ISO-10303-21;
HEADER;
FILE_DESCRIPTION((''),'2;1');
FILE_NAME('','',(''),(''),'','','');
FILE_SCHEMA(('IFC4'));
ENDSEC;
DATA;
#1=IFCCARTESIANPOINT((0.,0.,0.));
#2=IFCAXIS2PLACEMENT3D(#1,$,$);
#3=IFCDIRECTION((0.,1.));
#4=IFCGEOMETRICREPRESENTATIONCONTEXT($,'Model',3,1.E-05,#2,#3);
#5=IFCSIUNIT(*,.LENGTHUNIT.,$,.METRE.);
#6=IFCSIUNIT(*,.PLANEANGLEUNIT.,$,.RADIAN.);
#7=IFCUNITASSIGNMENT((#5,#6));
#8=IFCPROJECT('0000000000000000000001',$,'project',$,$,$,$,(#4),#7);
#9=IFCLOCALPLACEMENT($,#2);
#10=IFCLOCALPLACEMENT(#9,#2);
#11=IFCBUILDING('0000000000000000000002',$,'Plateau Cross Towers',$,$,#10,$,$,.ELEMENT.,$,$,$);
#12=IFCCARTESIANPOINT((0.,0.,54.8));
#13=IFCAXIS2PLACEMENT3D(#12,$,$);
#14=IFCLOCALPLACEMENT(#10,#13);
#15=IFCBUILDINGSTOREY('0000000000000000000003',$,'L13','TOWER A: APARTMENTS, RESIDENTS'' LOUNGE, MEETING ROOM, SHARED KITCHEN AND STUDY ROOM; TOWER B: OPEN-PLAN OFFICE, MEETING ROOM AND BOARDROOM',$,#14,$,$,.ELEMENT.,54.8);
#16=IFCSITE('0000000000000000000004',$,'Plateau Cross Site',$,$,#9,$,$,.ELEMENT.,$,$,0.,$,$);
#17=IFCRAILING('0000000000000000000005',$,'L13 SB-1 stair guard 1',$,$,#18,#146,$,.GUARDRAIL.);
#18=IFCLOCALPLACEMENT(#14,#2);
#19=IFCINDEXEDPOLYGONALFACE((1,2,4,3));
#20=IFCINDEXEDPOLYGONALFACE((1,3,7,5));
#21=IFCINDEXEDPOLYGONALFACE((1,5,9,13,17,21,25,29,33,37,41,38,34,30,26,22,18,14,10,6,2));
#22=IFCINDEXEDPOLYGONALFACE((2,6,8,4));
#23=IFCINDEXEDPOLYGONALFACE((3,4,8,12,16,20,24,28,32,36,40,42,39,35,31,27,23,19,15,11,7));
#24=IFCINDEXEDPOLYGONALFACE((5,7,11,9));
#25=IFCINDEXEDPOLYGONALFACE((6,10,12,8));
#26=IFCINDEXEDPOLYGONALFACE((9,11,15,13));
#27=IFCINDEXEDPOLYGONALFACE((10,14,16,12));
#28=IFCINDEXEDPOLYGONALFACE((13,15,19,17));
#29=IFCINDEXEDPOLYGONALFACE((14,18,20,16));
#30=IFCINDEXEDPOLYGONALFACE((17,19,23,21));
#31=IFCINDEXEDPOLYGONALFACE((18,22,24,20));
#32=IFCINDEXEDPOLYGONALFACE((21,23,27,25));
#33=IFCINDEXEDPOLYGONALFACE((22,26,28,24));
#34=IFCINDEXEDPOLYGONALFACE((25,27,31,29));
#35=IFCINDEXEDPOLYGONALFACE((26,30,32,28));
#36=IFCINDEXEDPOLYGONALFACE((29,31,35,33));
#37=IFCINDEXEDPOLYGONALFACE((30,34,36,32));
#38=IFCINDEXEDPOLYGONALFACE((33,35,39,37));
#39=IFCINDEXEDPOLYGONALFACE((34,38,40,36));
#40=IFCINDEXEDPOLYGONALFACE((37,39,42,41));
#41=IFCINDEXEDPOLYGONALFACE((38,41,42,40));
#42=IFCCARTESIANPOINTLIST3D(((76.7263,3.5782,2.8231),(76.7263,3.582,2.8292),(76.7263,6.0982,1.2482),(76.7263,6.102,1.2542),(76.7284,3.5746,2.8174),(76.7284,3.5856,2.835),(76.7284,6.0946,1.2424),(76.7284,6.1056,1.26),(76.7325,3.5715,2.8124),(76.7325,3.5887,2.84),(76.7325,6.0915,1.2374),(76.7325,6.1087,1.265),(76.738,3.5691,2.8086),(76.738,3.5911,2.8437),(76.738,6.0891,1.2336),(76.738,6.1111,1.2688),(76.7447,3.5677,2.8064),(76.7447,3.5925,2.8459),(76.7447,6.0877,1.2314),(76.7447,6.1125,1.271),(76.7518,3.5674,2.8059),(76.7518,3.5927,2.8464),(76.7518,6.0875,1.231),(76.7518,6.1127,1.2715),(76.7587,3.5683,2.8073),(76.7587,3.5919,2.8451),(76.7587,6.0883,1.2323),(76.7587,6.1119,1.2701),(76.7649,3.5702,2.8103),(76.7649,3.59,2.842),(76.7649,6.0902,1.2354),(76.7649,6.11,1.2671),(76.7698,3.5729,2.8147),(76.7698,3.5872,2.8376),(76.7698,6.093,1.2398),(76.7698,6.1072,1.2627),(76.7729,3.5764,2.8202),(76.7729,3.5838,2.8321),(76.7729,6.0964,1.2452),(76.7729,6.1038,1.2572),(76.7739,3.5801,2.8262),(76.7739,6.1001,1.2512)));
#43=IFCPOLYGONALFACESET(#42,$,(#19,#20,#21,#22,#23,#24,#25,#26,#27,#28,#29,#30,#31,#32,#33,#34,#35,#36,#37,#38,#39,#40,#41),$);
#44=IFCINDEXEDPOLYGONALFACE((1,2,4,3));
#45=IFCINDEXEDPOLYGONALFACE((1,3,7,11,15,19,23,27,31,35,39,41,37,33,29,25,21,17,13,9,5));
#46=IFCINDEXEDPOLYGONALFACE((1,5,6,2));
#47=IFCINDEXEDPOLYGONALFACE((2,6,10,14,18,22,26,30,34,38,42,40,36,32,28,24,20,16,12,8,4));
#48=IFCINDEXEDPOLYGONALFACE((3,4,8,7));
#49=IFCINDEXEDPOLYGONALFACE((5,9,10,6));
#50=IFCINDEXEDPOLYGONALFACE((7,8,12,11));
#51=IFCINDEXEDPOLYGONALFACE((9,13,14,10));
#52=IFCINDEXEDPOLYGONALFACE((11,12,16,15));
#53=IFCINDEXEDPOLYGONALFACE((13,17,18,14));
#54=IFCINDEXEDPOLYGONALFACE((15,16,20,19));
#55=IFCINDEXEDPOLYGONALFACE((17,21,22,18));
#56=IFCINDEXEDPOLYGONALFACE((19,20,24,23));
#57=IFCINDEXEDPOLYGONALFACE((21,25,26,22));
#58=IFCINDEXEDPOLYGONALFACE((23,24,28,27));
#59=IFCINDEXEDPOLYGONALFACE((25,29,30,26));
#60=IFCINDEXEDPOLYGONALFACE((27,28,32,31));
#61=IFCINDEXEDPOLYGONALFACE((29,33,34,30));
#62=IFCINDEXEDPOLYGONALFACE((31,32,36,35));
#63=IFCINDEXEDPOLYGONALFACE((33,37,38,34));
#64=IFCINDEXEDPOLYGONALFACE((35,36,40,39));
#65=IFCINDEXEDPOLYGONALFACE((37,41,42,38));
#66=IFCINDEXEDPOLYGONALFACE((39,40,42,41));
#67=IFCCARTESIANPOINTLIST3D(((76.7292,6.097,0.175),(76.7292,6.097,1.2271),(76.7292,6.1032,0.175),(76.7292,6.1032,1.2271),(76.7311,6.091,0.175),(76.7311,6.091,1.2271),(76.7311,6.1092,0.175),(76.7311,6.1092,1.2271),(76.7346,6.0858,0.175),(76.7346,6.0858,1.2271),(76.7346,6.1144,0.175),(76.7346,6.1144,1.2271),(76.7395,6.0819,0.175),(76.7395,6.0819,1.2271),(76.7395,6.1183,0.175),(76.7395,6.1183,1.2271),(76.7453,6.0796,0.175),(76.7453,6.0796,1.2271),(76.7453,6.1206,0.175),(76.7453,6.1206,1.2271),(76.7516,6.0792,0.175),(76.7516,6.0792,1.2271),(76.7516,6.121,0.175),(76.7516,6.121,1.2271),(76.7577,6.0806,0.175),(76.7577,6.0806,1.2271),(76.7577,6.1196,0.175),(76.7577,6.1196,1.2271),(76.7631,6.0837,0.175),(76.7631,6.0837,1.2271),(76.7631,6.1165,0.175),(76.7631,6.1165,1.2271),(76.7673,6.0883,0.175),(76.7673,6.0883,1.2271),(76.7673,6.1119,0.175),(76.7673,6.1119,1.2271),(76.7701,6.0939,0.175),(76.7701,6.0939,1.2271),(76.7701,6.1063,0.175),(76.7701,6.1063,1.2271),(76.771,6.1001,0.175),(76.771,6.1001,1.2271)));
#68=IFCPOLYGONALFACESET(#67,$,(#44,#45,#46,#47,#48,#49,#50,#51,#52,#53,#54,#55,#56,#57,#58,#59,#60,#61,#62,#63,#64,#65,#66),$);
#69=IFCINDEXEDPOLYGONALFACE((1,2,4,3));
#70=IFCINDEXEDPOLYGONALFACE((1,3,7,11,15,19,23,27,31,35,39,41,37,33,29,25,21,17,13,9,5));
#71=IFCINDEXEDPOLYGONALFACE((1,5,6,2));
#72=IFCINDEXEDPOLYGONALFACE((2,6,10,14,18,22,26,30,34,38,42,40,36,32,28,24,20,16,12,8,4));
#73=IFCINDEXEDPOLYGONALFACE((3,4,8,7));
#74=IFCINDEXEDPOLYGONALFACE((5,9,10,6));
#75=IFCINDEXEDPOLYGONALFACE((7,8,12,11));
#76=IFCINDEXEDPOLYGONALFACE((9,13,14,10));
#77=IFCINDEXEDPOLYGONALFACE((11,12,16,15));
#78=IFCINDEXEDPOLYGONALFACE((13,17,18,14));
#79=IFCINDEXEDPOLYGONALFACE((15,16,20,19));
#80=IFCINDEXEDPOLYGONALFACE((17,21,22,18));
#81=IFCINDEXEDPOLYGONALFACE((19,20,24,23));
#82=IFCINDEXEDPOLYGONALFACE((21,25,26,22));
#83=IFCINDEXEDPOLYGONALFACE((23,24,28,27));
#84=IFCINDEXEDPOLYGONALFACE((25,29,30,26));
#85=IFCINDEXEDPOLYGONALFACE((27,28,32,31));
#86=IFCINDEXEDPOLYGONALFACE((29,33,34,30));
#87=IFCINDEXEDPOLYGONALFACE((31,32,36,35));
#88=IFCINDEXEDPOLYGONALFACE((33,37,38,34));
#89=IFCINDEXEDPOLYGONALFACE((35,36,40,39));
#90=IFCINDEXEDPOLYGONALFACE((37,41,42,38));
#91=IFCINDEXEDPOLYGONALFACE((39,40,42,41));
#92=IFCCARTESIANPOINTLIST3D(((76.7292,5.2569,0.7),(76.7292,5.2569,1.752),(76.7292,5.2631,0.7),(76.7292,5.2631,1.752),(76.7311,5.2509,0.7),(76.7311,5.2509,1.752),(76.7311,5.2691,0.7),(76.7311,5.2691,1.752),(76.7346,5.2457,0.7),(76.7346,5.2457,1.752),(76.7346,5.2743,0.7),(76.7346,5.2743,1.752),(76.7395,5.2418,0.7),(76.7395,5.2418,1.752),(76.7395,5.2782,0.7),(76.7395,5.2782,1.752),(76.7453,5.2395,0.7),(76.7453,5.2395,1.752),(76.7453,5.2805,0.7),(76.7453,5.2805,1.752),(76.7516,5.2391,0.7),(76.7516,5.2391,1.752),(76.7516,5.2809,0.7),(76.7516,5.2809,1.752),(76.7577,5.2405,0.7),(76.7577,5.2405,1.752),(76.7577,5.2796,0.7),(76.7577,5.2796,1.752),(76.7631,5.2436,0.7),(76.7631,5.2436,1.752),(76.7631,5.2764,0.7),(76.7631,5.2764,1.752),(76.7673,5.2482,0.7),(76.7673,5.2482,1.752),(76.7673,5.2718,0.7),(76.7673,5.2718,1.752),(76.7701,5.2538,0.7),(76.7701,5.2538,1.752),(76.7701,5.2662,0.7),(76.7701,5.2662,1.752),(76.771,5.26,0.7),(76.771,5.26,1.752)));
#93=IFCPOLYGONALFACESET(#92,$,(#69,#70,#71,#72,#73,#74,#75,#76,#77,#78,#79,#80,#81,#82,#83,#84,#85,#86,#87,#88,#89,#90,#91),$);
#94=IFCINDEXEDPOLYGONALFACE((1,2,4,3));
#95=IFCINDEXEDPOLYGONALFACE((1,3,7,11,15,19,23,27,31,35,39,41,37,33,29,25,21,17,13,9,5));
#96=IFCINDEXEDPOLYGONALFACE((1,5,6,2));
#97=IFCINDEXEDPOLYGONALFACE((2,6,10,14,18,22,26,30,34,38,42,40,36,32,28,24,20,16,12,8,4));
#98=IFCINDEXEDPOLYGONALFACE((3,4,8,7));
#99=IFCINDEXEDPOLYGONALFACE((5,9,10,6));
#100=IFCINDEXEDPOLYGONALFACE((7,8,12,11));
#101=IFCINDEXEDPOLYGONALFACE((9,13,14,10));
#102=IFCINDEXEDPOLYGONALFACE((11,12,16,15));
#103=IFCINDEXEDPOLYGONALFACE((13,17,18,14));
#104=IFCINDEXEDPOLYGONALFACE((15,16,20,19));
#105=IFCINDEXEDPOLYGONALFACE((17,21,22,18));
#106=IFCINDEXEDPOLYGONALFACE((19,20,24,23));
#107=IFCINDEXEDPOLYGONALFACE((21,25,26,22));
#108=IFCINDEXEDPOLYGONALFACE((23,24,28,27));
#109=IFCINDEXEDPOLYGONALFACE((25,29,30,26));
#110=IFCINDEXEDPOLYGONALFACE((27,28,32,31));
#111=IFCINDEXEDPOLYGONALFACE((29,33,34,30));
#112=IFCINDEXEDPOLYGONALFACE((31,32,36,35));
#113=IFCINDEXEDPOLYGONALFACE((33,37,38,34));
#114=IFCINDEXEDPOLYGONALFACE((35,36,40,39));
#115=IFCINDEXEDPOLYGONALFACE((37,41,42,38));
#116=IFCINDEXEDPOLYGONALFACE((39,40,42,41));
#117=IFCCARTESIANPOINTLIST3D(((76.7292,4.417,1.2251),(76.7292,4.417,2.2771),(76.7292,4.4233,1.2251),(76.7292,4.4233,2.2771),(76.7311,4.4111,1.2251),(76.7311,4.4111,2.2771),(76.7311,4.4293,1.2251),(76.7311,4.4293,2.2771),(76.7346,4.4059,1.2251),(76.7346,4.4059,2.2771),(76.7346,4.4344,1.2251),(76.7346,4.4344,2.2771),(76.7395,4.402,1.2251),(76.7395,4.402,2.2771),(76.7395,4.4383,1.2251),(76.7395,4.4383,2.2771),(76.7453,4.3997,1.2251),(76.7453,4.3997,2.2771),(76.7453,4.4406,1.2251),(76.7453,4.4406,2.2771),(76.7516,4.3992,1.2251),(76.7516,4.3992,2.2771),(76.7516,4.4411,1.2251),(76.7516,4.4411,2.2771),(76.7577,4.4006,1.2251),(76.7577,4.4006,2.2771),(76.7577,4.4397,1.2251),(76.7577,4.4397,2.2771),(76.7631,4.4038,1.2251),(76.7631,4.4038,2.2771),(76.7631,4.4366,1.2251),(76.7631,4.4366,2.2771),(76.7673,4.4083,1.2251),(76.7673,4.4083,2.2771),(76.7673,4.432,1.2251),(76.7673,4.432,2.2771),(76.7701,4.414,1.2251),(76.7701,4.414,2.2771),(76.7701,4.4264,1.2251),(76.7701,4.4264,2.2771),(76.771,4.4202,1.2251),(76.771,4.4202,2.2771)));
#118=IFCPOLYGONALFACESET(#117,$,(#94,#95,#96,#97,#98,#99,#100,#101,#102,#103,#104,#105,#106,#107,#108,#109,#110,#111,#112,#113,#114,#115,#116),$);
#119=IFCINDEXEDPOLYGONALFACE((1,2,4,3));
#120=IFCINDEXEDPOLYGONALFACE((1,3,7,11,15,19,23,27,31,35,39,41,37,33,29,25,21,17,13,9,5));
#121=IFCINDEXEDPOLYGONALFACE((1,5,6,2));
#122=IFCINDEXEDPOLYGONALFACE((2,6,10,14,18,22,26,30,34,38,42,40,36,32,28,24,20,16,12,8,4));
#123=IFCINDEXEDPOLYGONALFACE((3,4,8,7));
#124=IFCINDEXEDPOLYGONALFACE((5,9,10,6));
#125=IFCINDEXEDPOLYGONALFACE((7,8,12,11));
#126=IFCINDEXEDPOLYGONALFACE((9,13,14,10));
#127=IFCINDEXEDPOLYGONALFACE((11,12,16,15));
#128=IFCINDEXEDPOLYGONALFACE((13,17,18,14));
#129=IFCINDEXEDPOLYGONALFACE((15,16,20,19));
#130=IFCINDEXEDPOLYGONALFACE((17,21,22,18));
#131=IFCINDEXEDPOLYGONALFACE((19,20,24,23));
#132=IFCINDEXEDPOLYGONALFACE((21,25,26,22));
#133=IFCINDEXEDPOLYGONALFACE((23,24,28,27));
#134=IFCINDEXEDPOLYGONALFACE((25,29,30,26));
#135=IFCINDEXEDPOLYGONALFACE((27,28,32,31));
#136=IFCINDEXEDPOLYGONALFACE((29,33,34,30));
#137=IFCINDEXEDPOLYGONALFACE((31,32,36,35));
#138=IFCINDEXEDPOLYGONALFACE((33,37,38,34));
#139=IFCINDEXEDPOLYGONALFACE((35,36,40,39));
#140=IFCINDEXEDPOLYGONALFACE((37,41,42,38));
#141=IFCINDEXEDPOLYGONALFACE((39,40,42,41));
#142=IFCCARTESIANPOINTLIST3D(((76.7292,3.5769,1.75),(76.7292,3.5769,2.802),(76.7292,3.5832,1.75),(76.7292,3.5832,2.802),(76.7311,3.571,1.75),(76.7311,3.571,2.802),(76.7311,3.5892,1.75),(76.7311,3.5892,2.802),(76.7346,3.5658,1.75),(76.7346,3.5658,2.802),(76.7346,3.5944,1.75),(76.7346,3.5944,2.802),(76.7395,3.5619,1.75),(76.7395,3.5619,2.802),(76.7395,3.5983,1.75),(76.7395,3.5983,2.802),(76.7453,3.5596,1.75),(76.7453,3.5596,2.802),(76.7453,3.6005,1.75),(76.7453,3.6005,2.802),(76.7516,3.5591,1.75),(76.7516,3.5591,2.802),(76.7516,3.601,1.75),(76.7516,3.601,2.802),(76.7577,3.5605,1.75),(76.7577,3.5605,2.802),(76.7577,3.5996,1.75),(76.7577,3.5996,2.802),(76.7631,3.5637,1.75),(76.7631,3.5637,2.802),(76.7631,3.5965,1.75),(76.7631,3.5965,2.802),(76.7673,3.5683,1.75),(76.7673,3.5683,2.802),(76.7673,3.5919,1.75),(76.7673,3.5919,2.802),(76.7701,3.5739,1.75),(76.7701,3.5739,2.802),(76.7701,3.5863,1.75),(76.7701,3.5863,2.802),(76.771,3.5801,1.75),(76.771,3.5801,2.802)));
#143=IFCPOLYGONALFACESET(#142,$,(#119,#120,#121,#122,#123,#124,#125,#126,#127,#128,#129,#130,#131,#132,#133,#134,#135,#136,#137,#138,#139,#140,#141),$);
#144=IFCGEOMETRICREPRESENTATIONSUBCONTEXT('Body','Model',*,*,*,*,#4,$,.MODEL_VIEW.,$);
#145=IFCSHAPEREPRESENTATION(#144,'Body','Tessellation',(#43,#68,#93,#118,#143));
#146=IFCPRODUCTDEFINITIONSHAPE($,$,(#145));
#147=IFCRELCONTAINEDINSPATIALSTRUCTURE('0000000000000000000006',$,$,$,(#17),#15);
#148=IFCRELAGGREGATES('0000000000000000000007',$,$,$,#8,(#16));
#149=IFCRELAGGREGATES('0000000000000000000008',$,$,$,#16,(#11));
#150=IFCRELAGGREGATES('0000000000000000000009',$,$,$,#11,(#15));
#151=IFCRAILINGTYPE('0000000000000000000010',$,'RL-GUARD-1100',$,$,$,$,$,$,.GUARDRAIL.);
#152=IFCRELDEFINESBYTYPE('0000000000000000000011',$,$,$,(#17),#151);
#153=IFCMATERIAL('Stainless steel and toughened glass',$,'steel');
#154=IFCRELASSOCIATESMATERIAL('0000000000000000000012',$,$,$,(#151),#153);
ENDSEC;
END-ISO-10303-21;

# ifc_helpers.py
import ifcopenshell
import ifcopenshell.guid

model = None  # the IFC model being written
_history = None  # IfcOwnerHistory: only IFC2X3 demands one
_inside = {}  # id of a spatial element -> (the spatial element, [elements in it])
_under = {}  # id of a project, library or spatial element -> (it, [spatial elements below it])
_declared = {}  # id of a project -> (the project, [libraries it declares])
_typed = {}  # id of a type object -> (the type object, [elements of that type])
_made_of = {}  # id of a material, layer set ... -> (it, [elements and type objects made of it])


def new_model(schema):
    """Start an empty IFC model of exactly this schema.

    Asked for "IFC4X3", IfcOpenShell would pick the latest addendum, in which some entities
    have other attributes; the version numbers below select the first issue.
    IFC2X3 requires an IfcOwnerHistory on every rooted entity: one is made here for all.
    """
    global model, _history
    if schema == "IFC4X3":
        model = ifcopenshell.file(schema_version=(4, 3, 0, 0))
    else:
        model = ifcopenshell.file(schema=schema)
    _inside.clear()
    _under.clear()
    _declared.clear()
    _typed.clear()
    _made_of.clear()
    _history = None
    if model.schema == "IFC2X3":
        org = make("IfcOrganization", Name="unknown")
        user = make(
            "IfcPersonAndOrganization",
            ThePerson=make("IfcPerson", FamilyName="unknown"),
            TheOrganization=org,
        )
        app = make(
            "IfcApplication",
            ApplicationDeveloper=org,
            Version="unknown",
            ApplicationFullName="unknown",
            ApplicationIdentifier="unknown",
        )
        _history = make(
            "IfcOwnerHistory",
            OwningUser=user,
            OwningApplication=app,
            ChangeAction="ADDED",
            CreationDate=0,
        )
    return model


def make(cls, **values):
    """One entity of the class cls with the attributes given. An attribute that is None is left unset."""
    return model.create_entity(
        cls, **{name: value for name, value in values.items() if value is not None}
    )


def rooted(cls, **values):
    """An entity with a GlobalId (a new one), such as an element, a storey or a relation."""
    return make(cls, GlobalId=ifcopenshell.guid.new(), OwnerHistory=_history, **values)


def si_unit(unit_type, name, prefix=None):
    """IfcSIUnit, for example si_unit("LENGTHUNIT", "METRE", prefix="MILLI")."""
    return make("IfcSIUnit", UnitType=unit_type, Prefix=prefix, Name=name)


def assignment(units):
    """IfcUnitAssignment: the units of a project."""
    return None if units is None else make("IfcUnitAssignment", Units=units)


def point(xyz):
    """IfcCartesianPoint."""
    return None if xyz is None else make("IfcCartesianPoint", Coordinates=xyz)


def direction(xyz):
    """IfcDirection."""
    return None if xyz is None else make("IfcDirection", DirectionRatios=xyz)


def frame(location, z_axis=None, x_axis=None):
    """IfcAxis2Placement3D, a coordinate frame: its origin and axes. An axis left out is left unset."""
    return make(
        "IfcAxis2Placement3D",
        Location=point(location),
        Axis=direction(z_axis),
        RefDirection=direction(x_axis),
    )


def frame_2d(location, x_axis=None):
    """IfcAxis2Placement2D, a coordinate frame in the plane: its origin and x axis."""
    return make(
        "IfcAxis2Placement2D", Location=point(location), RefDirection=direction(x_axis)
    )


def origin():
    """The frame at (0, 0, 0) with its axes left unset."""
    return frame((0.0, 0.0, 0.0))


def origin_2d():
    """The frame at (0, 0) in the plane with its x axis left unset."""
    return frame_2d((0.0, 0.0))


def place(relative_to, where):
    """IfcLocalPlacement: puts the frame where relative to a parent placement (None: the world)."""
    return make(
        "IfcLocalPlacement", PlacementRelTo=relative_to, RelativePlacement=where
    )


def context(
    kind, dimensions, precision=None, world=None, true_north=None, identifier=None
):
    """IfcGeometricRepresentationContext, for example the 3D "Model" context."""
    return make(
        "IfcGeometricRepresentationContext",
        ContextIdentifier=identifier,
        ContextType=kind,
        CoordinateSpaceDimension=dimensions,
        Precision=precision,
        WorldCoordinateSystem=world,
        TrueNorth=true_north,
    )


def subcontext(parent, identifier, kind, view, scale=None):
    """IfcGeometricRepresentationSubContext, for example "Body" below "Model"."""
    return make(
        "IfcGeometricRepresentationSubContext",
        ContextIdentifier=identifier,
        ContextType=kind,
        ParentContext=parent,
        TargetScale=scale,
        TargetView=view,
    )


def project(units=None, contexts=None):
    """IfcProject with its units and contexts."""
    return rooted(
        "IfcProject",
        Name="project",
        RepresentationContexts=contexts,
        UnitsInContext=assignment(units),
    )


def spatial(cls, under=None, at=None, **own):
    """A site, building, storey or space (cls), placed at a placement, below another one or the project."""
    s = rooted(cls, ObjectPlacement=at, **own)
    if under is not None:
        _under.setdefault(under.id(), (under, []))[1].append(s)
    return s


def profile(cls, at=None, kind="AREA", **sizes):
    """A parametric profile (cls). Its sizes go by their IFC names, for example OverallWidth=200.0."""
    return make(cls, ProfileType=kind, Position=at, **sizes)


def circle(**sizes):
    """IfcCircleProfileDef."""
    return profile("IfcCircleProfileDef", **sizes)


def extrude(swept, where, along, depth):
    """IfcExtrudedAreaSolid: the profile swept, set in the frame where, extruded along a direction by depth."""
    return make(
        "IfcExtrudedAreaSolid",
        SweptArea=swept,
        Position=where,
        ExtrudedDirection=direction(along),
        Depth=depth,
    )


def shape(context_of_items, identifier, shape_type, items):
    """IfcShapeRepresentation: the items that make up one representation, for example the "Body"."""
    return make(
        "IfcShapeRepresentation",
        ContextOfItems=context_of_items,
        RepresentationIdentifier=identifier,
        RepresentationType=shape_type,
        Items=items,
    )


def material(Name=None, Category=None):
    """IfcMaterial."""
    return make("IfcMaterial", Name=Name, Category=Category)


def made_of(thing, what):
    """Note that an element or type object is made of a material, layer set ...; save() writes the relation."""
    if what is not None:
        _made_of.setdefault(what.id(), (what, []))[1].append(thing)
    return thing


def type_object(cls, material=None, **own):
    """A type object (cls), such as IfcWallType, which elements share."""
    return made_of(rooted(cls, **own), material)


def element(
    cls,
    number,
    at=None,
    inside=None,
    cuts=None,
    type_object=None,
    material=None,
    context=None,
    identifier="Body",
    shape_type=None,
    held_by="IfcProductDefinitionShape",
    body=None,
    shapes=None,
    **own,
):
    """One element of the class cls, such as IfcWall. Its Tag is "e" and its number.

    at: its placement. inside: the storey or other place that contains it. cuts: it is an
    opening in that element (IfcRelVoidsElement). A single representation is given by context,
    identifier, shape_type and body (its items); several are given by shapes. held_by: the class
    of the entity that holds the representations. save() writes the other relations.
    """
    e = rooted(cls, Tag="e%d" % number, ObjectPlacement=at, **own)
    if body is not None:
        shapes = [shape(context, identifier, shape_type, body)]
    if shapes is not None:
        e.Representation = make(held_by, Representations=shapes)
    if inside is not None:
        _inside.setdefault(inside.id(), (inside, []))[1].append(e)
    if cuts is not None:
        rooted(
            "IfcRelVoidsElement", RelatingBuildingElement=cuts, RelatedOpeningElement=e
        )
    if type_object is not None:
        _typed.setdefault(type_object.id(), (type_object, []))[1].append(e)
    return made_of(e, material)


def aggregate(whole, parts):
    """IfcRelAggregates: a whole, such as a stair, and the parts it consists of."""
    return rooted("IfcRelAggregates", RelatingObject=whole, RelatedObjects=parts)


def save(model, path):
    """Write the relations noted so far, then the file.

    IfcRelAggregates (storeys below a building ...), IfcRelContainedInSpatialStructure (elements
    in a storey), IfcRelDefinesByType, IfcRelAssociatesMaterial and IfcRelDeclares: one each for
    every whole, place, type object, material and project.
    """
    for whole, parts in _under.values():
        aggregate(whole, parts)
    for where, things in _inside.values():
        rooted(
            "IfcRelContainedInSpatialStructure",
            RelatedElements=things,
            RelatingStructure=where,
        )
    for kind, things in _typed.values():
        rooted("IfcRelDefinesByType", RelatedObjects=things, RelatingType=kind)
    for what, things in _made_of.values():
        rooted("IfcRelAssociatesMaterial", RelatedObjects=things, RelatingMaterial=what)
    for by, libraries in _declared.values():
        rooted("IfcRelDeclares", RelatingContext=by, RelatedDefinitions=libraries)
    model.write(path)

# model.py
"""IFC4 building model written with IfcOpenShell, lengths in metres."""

from ifc_helpers import new_model, si_unit, direction, frame, origin, origin_2d, place, context, subcontext, project, spatial, circle, extrude, material, type_object, element, save


model = new_model("IFC4")

# Units and contexts
model_context = context("Model", 3, precision=1e-05, world=origin(), true_north=direction((0.0, 1.0)))
body_context = subcontext(model_context, "Body", "Model", "MODEL_VIEW")
ifc_project = project(units=[si_unit("LENGTHUNIT", "METRE"), si_unit("PLANEANGLEUNIT", "RADIAN")], contexts=[model_context])

# Site, building, storey
site_placement = place(None, origin())
site = spatial("IfcSite", under=ifc_project, at=site_placement, Name="Plateau Cross Site", CompositionType="ELEMENT", RefElevation=0.0)
building_placement = place(site_placement, origin())
building = spatial("IfcBuilding", under=site, at=building_placement, Name="Plateau Cross Towers", CompositionType="ELEMENT")
storey_placement = place(building_placement, frame((0.0, 0.0, 54.8)))
storey = spatial("IfcBuildingStorey", under=building, at=storey_placement, Name="L13", Description="TOWER A: APARTMENTS, RESIDENTS' LOUNGE, MEETING ROOM, SHARED KITCHEN AND STUDY ROOM; TOWER B: OPEN-PLAN OFFICE, MEETING ROOM AND BOARDROOM", CompositionType="ELEMENT", Elevation=54.8)

# Railing
ifc_material_1 = material(Name="Stainless steel and toughened glass", Category="steel")
railing_type_1 = type_object("IfcRailingType", Name="RL-GUARD-1100", PredefinedType="GUARDRAIL", material=ifc_material_1)
railing_1_placement = place(storey_placement, frame((76.75, 6.1001, 0.175)))
element("IfcRailing", 1, at=railing_1_placement, inside=storey, type_object=railing_type_1, Name="L13 SB-1 stair guard 1", PredefinedType="GUARDRAIL", context=body_context, shape_type="SweptSolid", body=[
    extrude(circle(Radius=0.0239, at=origin_2d()), frame((0.0, 0.0, 1.0762), z_axis=(0.0, -0.848008, 0.529984), x_axis=(1.0, 0.0, 0.0)), (0.0, 0.0, 1.0), 2.9717),
    extrude(circle(Radius=0.021, at=origin_2d()), origin(), (0.0, 0.0, 1.0), 1.052),
    extrude(circle(Radius=0.021, at=origin_2d()), frame((0.0, -0.8401, 0.5249)), (0.0, 0.0, 1.0), 1.052),
    extrude(circle(Radius=0.021, at=origin_2d()), frame((0.0, -1.6799, 1.05)), (0.0, 0.0, 1.0), 1.052),
    extrude(circle(Radius=0.021, at=origin_2d()), frame((0.0, -2.52, 1.575)), (0.0, 0.0, 1.0), 1.052),
])

save(model, "model.ifc")
